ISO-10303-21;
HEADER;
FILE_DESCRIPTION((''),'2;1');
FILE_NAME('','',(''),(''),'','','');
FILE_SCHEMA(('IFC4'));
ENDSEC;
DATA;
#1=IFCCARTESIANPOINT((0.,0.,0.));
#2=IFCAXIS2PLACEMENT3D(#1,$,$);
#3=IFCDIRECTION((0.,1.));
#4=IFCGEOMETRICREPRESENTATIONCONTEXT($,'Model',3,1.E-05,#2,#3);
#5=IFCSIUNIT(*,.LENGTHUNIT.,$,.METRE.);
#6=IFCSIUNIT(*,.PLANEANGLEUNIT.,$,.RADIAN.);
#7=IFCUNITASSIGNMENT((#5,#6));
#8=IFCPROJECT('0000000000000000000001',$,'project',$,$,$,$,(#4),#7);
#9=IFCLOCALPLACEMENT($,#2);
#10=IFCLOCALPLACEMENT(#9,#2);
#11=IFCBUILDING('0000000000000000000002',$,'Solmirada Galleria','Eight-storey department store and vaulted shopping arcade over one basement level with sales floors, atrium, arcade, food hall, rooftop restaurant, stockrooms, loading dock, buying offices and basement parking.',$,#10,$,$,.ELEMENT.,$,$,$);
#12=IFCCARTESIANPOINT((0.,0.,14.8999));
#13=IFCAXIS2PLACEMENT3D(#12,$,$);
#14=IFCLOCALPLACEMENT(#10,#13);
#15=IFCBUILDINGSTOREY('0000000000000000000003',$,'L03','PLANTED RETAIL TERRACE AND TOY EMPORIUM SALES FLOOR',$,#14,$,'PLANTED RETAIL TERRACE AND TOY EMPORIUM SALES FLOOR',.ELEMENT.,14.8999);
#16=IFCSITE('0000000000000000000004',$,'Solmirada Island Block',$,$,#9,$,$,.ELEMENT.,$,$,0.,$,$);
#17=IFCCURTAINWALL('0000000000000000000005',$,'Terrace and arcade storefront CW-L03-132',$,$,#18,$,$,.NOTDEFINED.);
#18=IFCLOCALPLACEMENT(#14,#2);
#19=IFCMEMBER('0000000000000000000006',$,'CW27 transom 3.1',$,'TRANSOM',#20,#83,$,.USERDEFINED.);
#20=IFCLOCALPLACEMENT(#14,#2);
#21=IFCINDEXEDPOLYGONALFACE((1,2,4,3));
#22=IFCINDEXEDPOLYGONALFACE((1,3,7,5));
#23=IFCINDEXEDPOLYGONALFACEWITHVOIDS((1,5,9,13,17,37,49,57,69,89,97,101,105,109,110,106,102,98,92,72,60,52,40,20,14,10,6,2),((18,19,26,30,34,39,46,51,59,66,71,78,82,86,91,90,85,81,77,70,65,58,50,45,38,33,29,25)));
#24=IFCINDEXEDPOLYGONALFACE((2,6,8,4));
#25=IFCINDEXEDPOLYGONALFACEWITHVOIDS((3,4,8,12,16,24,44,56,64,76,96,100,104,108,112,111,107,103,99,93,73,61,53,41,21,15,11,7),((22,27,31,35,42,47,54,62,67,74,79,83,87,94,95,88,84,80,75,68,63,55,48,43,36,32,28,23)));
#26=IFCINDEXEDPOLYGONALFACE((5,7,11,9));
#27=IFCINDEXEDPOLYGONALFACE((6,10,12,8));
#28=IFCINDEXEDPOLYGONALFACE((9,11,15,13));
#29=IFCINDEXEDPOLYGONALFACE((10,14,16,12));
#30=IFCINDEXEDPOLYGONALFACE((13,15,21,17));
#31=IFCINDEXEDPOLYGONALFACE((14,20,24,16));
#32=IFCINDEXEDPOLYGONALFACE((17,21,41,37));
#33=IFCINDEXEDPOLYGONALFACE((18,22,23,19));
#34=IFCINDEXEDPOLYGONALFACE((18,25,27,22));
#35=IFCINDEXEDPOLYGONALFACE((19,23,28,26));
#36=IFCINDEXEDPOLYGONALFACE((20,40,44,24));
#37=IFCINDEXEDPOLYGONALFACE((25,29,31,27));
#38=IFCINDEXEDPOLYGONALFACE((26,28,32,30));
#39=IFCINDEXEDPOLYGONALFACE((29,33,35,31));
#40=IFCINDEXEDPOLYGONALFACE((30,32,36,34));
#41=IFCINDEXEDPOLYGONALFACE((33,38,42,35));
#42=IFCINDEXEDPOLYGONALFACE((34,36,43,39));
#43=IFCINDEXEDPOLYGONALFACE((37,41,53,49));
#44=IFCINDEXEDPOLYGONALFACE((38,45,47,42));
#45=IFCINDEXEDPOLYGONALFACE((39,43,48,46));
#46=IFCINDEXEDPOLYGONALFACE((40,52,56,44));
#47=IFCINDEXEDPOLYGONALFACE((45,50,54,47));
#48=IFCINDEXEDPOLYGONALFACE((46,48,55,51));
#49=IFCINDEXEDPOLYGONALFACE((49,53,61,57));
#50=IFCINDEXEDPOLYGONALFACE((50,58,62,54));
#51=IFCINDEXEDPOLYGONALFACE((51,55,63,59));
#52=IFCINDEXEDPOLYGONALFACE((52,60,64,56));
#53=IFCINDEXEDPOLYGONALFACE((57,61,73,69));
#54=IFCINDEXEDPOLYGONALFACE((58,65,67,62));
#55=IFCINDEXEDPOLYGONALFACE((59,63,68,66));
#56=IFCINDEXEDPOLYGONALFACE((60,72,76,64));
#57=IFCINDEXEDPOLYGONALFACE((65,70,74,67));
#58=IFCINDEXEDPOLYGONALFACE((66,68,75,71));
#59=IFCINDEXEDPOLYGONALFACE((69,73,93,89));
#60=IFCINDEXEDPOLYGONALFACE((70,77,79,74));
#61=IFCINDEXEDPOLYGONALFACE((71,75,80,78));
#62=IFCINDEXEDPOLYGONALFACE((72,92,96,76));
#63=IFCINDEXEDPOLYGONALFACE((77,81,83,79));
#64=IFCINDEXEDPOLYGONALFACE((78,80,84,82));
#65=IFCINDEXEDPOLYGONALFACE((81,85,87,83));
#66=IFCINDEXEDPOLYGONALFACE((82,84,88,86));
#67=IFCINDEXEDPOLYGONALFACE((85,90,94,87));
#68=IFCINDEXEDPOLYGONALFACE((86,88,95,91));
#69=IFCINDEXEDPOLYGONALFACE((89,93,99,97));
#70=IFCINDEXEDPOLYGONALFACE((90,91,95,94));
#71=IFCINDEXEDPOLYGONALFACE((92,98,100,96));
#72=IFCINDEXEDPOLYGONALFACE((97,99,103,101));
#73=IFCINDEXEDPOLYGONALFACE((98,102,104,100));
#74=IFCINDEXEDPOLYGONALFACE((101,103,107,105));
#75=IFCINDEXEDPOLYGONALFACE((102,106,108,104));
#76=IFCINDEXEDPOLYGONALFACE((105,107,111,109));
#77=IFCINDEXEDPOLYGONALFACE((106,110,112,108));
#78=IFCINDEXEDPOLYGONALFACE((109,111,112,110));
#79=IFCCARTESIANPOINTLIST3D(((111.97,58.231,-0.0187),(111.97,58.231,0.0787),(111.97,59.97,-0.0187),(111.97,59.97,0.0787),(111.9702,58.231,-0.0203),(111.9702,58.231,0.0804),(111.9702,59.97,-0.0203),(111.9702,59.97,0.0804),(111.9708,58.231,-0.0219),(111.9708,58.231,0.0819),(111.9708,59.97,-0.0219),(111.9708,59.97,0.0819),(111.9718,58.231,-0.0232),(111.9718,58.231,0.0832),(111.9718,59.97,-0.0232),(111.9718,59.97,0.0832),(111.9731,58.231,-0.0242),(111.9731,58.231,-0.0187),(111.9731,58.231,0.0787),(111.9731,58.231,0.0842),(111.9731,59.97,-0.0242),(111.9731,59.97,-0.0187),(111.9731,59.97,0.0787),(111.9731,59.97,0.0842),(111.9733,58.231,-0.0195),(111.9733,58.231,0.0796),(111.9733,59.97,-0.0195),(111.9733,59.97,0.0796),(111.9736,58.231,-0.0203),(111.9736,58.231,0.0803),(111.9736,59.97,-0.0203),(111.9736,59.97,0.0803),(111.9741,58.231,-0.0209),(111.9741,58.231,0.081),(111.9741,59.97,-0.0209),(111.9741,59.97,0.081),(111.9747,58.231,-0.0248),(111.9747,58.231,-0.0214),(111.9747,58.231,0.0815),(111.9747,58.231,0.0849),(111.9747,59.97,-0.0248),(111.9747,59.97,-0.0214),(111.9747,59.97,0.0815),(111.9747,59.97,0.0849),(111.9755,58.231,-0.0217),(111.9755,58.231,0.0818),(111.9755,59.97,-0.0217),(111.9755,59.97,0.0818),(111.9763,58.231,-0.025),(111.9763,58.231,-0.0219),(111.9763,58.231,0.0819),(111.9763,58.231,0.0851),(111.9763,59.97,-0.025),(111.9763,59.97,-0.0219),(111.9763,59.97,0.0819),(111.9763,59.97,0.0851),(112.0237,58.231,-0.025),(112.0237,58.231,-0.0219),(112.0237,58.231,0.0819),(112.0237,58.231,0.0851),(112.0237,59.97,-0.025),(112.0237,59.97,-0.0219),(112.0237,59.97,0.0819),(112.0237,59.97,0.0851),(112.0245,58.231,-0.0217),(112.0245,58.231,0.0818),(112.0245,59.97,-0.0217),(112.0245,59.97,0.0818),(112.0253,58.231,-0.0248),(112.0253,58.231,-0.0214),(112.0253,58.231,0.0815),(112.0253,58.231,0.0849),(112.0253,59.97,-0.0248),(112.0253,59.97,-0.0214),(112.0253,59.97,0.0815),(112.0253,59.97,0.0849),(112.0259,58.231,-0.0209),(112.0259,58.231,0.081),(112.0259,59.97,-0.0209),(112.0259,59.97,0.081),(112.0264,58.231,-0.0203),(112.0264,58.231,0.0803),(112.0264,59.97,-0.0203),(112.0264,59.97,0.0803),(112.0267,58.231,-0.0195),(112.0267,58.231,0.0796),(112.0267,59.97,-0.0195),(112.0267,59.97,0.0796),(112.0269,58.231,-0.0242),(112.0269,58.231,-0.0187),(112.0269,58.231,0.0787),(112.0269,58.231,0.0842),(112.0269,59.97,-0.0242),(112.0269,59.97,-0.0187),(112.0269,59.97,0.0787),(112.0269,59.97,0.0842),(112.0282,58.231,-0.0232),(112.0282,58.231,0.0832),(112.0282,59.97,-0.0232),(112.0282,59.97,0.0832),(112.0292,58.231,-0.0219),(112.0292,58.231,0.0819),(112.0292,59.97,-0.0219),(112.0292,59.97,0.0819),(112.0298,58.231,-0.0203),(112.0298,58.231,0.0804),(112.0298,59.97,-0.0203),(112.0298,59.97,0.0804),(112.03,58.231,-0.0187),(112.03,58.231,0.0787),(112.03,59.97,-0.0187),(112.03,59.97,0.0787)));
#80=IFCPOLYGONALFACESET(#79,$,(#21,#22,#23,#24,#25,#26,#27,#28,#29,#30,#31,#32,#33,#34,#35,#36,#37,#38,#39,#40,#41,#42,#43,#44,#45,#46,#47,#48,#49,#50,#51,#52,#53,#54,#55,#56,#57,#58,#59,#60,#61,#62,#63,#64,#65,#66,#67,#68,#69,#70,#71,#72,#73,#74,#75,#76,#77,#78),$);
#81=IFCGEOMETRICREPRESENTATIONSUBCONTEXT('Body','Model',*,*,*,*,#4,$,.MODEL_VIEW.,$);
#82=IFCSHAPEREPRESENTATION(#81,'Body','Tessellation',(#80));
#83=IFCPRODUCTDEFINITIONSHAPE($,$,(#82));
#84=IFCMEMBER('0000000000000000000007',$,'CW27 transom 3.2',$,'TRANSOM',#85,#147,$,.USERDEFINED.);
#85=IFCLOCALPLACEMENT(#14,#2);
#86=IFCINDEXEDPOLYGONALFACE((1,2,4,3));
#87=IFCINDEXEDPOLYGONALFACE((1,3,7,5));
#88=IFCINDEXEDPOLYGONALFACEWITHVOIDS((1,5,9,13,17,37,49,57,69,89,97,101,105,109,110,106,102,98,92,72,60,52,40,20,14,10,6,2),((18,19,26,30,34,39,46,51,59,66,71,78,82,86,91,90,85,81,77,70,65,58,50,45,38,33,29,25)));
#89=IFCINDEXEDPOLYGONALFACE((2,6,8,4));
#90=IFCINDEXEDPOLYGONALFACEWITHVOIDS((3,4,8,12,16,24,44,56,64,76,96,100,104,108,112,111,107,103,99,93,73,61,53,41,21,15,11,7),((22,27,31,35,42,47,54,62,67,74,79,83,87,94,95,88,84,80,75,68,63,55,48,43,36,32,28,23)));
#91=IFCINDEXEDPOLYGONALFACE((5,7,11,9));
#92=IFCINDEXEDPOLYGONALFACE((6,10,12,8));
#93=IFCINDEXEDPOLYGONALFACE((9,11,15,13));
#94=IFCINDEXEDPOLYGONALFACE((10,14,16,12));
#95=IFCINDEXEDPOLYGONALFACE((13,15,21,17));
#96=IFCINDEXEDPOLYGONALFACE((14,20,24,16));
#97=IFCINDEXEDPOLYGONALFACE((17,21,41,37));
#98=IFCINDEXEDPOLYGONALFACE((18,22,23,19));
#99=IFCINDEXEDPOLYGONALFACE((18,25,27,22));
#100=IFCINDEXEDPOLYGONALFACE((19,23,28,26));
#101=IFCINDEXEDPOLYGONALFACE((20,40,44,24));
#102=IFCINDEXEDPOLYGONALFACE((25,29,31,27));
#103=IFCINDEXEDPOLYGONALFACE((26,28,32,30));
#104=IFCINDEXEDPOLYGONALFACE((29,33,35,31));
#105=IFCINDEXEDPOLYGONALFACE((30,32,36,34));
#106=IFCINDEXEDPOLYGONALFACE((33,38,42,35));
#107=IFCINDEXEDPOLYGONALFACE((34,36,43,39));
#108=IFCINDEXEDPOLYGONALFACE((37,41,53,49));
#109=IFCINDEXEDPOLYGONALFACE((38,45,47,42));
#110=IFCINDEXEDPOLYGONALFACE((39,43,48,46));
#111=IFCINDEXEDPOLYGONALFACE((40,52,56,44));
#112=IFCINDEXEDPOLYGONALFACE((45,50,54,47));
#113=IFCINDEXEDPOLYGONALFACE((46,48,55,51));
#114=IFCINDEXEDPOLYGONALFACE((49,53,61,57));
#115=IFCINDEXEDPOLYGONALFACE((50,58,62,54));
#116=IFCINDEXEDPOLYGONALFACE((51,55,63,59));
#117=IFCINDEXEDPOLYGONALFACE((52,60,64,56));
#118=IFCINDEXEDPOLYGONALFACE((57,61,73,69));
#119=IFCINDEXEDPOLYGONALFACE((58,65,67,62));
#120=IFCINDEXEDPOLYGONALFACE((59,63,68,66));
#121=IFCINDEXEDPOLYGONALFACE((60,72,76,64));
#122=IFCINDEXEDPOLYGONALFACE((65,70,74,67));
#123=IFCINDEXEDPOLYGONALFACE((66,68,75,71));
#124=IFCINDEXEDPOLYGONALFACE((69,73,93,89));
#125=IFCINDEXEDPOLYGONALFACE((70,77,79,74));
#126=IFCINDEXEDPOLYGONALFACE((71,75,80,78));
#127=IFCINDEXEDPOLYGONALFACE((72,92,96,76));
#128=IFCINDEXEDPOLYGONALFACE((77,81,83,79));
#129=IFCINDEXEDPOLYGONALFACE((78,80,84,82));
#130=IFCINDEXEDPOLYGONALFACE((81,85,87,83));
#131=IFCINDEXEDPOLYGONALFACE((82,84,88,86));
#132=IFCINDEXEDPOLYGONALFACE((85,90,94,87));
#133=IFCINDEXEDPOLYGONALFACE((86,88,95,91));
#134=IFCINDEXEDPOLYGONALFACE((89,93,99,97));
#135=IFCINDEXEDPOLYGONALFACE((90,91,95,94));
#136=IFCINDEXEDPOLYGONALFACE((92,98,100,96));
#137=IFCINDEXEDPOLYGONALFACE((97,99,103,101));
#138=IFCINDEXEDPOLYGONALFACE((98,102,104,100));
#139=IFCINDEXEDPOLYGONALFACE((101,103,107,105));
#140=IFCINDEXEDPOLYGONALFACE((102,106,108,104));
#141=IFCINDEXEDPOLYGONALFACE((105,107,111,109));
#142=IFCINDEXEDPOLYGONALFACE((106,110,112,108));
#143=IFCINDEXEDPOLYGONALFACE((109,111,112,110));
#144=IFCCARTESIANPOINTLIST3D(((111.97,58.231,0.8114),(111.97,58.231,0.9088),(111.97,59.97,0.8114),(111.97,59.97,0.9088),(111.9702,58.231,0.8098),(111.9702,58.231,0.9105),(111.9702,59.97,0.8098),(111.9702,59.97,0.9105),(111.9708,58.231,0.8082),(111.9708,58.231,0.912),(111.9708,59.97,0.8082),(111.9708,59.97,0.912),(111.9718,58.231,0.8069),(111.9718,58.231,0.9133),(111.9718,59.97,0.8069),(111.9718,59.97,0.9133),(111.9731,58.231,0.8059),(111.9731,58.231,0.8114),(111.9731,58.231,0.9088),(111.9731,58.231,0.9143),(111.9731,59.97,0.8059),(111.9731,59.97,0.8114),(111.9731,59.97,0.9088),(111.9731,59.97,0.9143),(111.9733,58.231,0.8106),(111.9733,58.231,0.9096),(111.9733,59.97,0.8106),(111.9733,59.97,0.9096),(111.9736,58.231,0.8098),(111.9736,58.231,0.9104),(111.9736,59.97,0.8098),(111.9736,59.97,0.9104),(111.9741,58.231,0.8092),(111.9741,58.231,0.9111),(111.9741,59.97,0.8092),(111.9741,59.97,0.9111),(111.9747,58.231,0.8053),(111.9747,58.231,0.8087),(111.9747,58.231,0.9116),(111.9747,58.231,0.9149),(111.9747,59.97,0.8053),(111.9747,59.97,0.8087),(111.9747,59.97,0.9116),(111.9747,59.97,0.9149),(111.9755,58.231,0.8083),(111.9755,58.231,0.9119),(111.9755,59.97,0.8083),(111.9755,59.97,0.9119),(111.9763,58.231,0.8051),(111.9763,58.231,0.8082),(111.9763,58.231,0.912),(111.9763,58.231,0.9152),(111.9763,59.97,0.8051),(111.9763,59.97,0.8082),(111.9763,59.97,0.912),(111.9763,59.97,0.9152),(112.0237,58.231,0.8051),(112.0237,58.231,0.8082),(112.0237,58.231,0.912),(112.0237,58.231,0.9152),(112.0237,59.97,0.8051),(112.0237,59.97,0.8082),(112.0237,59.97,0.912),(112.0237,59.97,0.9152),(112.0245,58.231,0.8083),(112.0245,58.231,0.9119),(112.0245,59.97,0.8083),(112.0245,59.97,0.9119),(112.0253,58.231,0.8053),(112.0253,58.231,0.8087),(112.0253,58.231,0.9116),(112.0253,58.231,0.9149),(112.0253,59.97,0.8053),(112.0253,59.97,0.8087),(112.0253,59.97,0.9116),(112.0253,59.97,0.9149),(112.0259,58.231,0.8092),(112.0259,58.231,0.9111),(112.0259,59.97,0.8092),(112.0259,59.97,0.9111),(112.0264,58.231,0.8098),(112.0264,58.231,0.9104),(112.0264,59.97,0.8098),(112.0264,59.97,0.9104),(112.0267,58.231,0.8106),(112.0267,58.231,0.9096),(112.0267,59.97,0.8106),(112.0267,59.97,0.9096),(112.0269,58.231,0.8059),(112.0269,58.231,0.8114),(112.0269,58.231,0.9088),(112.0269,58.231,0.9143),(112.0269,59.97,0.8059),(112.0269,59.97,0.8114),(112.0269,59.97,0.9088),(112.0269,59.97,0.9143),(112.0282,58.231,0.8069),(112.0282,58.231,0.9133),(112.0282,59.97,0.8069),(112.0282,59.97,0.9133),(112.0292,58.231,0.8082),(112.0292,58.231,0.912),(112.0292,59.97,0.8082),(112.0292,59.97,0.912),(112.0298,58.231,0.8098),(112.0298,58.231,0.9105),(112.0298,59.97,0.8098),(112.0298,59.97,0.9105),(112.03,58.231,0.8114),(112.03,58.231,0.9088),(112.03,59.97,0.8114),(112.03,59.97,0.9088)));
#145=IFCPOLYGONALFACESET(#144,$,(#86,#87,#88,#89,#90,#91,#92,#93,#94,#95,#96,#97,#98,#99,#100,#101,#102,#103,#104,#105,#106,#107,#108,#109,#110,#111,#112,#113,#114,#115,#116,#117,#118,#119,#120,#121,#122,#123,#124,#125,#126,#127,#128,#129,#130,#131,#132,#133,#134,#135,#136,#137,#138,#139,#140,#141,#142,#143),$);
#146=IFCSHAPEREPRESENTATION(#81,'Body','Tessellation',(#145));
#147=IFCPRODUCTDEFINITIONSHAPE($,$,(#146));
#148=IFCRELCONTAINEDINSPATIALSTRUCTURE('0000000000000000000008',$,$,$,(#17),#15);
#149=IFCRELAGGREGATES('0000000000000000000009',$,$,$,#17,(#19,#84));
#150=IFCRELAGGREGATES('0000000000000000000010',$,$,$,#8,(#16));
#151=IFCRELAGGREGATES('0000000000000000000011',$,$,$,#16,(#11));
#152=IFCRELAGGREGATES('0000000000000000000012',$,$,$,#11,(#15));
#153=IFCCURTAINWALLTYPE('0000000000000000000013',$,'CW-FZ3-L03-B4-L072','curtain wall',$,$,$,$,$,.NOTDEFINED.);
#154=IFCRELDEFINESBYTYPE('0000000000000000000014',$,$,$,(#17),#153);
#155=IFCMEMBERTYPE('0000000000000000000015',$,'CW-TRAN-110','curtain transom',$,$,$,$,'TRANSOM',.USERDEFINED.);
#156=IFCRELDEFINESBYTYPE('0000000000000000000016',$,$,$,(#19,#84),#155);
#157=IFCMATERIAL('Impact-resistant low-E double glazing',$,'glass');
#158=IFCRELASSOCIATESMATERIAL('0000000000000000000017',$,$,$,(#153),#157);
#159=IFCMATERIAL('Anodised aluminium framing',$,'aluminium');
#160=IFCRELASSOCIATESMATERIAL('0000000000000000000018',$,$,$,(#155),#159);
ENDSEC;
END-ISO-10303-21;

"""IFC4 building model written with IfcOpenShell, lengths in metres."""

from ifc_helpers import new_model, si_unit, direction, frame, origin, origin_2d, place, context, subcontext, project, spatial, hollow_rectangle, extrude, material, material_profile, profile_set, type_object, element, aggregate, save


model = new_model("IFC4")

# Units and contexts
model_context = context("Model", 3, precision=1e-05, world=origin(), true_north=direction((0.0, 1.0)))
body_context = subcontext(model_context, "Body", "Model", "MODEL_VIEW")
ifc_project = project(units=[si_unit("LENGTHUNIT", "METRE"), si_unit("PLANEANGLEUNIT", "RADIAN")], contexts=[model_context])

# Site, building, storey
site_placement = place(None, origin())
site = spatial("IfcSite", under=ifc_project, at=site_placement, Name="Solmirada Island Block", CompositionType="ELEMENT", RefElevation=0.0)
building_placement = place(site_placement, origin())
building = spatial("IfcBuilding", under=site, at=building_placement, Name="Solmirada Galleria", Description="Eight-storey department store and vaulted shopping arcade over one basement level with sales floors, atrium, arcade, food hall, rooftop restaurant, stockrooms, loading dock, buying offices and basement parking.", CompositionType="ELEMENT")
storey_placement = place(building_placement, frame((0.0, 0.0, 14.8999)))
storey = spatial("IfcBuildingStorey", under=building, at=storey_placement, Name="L03", Description="PLANTED RETAIL TERRACE AND TOY EMPORIUM SALES FLOOR", LongName="PLANTED RETAIL TERRACE AND TOY EMPORIUM SALES FLOOR", CompositionType="ELEMENT", Elevation=14.8999)

# Curtain wall, members
ifc_material_1 = material(Name="Impact-resistant low-E double glazing", Category="glass")
curtain_wall_type = type_object("IfcCurtainWallType", Name="CW-FZ3-L03-B4-L072", Description="curtain wall", PredefinedType="NOTDEFINED", material=ifc_material_1)
curtain_wall_placement = place(storey_placement, origin())
curtain_wall = element("IfcCurtainWall", 1, at=curtain_wall_placement, inside=storey, type_object=curtain_wall_type, Name="Terrace and arcade storefront CW-L03-132", PredefinedType="NOTDEFINED")
ifc_material_2 = material(Name="Anodised aluminium framing", Category="aluminium")
ifc_material_profile_1 = material_profile(ifc_material_2, hollow_rectangle(XDim=0.0601, YDim=0.1101, WallThickness=0.0032, InnerFilletRadius=0.0032, OuterFilletRadius=0.0063, at=origin_2d()), Name="ALU-TRAN-110X60")
ifc_profile_set_1 = profile_set([ifc_material_profile_1], Name="Anodised aluminium framing")
member_type_1 = type_object("IfcMemberType", Name="CW-TRAN-110", Description="curtain transom", ElementType="TRANSOM", PredefinedType="USERDEFINED", material=ifc_profile_set_1)
member_1_placement = place(storey_placement, frame((112.0, 59.97, 0.03), z_axis=(0.0, -1.0, 0.0), x_axis=(1.0, 0.0, 0.0)))
member_1 = element("IfcMember", 2, at=member_1_placement, type_object=member_type_1, Name="CW27 transom 3.1", ObjectType="TRANSOM", PredefinedType="USERDEFINED", context=body_context, shape_type="SweptSolid", body=[
    extrude(hollow_rectangle(XDim=0.0601, YDim=0.1101, WallThickness=0.0032, InnerFilletRadius=0.0032, OuterFilletRadius=0.0063, at=origin_2d()), origin(), (0.0, 0.0, 1.0), 1.739),
])
member_2_placement = place(storey_placement, frame((112.0, 59.97, 0.8601), z_axis=(0.0, -1.0, 0.0), x_axis=(1.0, 0.0, 0.0)))
member_2 = element("IfcMember", 3, at=member_2_placement, type_object=member_type_1, Name="CW27 transom 3.2", ObjectType="TRANSOM", PredefinedType="USERDEFINED", context=body_context, shape_type="SweptSolid", body=[
    extrude(hollow_rectangle(XDim=0.0601, YDim=0.1101, WallThickness=0.0032, InnerFilletRadius=0.0032, OuterFilletRadius=0.0063, at=origin_2d()), origin(), (0.0, 0.0, 1.0), 1.739),
])
aggregate(curtain_wall, [member_1, member_2])

save(model, "model.ifc")
